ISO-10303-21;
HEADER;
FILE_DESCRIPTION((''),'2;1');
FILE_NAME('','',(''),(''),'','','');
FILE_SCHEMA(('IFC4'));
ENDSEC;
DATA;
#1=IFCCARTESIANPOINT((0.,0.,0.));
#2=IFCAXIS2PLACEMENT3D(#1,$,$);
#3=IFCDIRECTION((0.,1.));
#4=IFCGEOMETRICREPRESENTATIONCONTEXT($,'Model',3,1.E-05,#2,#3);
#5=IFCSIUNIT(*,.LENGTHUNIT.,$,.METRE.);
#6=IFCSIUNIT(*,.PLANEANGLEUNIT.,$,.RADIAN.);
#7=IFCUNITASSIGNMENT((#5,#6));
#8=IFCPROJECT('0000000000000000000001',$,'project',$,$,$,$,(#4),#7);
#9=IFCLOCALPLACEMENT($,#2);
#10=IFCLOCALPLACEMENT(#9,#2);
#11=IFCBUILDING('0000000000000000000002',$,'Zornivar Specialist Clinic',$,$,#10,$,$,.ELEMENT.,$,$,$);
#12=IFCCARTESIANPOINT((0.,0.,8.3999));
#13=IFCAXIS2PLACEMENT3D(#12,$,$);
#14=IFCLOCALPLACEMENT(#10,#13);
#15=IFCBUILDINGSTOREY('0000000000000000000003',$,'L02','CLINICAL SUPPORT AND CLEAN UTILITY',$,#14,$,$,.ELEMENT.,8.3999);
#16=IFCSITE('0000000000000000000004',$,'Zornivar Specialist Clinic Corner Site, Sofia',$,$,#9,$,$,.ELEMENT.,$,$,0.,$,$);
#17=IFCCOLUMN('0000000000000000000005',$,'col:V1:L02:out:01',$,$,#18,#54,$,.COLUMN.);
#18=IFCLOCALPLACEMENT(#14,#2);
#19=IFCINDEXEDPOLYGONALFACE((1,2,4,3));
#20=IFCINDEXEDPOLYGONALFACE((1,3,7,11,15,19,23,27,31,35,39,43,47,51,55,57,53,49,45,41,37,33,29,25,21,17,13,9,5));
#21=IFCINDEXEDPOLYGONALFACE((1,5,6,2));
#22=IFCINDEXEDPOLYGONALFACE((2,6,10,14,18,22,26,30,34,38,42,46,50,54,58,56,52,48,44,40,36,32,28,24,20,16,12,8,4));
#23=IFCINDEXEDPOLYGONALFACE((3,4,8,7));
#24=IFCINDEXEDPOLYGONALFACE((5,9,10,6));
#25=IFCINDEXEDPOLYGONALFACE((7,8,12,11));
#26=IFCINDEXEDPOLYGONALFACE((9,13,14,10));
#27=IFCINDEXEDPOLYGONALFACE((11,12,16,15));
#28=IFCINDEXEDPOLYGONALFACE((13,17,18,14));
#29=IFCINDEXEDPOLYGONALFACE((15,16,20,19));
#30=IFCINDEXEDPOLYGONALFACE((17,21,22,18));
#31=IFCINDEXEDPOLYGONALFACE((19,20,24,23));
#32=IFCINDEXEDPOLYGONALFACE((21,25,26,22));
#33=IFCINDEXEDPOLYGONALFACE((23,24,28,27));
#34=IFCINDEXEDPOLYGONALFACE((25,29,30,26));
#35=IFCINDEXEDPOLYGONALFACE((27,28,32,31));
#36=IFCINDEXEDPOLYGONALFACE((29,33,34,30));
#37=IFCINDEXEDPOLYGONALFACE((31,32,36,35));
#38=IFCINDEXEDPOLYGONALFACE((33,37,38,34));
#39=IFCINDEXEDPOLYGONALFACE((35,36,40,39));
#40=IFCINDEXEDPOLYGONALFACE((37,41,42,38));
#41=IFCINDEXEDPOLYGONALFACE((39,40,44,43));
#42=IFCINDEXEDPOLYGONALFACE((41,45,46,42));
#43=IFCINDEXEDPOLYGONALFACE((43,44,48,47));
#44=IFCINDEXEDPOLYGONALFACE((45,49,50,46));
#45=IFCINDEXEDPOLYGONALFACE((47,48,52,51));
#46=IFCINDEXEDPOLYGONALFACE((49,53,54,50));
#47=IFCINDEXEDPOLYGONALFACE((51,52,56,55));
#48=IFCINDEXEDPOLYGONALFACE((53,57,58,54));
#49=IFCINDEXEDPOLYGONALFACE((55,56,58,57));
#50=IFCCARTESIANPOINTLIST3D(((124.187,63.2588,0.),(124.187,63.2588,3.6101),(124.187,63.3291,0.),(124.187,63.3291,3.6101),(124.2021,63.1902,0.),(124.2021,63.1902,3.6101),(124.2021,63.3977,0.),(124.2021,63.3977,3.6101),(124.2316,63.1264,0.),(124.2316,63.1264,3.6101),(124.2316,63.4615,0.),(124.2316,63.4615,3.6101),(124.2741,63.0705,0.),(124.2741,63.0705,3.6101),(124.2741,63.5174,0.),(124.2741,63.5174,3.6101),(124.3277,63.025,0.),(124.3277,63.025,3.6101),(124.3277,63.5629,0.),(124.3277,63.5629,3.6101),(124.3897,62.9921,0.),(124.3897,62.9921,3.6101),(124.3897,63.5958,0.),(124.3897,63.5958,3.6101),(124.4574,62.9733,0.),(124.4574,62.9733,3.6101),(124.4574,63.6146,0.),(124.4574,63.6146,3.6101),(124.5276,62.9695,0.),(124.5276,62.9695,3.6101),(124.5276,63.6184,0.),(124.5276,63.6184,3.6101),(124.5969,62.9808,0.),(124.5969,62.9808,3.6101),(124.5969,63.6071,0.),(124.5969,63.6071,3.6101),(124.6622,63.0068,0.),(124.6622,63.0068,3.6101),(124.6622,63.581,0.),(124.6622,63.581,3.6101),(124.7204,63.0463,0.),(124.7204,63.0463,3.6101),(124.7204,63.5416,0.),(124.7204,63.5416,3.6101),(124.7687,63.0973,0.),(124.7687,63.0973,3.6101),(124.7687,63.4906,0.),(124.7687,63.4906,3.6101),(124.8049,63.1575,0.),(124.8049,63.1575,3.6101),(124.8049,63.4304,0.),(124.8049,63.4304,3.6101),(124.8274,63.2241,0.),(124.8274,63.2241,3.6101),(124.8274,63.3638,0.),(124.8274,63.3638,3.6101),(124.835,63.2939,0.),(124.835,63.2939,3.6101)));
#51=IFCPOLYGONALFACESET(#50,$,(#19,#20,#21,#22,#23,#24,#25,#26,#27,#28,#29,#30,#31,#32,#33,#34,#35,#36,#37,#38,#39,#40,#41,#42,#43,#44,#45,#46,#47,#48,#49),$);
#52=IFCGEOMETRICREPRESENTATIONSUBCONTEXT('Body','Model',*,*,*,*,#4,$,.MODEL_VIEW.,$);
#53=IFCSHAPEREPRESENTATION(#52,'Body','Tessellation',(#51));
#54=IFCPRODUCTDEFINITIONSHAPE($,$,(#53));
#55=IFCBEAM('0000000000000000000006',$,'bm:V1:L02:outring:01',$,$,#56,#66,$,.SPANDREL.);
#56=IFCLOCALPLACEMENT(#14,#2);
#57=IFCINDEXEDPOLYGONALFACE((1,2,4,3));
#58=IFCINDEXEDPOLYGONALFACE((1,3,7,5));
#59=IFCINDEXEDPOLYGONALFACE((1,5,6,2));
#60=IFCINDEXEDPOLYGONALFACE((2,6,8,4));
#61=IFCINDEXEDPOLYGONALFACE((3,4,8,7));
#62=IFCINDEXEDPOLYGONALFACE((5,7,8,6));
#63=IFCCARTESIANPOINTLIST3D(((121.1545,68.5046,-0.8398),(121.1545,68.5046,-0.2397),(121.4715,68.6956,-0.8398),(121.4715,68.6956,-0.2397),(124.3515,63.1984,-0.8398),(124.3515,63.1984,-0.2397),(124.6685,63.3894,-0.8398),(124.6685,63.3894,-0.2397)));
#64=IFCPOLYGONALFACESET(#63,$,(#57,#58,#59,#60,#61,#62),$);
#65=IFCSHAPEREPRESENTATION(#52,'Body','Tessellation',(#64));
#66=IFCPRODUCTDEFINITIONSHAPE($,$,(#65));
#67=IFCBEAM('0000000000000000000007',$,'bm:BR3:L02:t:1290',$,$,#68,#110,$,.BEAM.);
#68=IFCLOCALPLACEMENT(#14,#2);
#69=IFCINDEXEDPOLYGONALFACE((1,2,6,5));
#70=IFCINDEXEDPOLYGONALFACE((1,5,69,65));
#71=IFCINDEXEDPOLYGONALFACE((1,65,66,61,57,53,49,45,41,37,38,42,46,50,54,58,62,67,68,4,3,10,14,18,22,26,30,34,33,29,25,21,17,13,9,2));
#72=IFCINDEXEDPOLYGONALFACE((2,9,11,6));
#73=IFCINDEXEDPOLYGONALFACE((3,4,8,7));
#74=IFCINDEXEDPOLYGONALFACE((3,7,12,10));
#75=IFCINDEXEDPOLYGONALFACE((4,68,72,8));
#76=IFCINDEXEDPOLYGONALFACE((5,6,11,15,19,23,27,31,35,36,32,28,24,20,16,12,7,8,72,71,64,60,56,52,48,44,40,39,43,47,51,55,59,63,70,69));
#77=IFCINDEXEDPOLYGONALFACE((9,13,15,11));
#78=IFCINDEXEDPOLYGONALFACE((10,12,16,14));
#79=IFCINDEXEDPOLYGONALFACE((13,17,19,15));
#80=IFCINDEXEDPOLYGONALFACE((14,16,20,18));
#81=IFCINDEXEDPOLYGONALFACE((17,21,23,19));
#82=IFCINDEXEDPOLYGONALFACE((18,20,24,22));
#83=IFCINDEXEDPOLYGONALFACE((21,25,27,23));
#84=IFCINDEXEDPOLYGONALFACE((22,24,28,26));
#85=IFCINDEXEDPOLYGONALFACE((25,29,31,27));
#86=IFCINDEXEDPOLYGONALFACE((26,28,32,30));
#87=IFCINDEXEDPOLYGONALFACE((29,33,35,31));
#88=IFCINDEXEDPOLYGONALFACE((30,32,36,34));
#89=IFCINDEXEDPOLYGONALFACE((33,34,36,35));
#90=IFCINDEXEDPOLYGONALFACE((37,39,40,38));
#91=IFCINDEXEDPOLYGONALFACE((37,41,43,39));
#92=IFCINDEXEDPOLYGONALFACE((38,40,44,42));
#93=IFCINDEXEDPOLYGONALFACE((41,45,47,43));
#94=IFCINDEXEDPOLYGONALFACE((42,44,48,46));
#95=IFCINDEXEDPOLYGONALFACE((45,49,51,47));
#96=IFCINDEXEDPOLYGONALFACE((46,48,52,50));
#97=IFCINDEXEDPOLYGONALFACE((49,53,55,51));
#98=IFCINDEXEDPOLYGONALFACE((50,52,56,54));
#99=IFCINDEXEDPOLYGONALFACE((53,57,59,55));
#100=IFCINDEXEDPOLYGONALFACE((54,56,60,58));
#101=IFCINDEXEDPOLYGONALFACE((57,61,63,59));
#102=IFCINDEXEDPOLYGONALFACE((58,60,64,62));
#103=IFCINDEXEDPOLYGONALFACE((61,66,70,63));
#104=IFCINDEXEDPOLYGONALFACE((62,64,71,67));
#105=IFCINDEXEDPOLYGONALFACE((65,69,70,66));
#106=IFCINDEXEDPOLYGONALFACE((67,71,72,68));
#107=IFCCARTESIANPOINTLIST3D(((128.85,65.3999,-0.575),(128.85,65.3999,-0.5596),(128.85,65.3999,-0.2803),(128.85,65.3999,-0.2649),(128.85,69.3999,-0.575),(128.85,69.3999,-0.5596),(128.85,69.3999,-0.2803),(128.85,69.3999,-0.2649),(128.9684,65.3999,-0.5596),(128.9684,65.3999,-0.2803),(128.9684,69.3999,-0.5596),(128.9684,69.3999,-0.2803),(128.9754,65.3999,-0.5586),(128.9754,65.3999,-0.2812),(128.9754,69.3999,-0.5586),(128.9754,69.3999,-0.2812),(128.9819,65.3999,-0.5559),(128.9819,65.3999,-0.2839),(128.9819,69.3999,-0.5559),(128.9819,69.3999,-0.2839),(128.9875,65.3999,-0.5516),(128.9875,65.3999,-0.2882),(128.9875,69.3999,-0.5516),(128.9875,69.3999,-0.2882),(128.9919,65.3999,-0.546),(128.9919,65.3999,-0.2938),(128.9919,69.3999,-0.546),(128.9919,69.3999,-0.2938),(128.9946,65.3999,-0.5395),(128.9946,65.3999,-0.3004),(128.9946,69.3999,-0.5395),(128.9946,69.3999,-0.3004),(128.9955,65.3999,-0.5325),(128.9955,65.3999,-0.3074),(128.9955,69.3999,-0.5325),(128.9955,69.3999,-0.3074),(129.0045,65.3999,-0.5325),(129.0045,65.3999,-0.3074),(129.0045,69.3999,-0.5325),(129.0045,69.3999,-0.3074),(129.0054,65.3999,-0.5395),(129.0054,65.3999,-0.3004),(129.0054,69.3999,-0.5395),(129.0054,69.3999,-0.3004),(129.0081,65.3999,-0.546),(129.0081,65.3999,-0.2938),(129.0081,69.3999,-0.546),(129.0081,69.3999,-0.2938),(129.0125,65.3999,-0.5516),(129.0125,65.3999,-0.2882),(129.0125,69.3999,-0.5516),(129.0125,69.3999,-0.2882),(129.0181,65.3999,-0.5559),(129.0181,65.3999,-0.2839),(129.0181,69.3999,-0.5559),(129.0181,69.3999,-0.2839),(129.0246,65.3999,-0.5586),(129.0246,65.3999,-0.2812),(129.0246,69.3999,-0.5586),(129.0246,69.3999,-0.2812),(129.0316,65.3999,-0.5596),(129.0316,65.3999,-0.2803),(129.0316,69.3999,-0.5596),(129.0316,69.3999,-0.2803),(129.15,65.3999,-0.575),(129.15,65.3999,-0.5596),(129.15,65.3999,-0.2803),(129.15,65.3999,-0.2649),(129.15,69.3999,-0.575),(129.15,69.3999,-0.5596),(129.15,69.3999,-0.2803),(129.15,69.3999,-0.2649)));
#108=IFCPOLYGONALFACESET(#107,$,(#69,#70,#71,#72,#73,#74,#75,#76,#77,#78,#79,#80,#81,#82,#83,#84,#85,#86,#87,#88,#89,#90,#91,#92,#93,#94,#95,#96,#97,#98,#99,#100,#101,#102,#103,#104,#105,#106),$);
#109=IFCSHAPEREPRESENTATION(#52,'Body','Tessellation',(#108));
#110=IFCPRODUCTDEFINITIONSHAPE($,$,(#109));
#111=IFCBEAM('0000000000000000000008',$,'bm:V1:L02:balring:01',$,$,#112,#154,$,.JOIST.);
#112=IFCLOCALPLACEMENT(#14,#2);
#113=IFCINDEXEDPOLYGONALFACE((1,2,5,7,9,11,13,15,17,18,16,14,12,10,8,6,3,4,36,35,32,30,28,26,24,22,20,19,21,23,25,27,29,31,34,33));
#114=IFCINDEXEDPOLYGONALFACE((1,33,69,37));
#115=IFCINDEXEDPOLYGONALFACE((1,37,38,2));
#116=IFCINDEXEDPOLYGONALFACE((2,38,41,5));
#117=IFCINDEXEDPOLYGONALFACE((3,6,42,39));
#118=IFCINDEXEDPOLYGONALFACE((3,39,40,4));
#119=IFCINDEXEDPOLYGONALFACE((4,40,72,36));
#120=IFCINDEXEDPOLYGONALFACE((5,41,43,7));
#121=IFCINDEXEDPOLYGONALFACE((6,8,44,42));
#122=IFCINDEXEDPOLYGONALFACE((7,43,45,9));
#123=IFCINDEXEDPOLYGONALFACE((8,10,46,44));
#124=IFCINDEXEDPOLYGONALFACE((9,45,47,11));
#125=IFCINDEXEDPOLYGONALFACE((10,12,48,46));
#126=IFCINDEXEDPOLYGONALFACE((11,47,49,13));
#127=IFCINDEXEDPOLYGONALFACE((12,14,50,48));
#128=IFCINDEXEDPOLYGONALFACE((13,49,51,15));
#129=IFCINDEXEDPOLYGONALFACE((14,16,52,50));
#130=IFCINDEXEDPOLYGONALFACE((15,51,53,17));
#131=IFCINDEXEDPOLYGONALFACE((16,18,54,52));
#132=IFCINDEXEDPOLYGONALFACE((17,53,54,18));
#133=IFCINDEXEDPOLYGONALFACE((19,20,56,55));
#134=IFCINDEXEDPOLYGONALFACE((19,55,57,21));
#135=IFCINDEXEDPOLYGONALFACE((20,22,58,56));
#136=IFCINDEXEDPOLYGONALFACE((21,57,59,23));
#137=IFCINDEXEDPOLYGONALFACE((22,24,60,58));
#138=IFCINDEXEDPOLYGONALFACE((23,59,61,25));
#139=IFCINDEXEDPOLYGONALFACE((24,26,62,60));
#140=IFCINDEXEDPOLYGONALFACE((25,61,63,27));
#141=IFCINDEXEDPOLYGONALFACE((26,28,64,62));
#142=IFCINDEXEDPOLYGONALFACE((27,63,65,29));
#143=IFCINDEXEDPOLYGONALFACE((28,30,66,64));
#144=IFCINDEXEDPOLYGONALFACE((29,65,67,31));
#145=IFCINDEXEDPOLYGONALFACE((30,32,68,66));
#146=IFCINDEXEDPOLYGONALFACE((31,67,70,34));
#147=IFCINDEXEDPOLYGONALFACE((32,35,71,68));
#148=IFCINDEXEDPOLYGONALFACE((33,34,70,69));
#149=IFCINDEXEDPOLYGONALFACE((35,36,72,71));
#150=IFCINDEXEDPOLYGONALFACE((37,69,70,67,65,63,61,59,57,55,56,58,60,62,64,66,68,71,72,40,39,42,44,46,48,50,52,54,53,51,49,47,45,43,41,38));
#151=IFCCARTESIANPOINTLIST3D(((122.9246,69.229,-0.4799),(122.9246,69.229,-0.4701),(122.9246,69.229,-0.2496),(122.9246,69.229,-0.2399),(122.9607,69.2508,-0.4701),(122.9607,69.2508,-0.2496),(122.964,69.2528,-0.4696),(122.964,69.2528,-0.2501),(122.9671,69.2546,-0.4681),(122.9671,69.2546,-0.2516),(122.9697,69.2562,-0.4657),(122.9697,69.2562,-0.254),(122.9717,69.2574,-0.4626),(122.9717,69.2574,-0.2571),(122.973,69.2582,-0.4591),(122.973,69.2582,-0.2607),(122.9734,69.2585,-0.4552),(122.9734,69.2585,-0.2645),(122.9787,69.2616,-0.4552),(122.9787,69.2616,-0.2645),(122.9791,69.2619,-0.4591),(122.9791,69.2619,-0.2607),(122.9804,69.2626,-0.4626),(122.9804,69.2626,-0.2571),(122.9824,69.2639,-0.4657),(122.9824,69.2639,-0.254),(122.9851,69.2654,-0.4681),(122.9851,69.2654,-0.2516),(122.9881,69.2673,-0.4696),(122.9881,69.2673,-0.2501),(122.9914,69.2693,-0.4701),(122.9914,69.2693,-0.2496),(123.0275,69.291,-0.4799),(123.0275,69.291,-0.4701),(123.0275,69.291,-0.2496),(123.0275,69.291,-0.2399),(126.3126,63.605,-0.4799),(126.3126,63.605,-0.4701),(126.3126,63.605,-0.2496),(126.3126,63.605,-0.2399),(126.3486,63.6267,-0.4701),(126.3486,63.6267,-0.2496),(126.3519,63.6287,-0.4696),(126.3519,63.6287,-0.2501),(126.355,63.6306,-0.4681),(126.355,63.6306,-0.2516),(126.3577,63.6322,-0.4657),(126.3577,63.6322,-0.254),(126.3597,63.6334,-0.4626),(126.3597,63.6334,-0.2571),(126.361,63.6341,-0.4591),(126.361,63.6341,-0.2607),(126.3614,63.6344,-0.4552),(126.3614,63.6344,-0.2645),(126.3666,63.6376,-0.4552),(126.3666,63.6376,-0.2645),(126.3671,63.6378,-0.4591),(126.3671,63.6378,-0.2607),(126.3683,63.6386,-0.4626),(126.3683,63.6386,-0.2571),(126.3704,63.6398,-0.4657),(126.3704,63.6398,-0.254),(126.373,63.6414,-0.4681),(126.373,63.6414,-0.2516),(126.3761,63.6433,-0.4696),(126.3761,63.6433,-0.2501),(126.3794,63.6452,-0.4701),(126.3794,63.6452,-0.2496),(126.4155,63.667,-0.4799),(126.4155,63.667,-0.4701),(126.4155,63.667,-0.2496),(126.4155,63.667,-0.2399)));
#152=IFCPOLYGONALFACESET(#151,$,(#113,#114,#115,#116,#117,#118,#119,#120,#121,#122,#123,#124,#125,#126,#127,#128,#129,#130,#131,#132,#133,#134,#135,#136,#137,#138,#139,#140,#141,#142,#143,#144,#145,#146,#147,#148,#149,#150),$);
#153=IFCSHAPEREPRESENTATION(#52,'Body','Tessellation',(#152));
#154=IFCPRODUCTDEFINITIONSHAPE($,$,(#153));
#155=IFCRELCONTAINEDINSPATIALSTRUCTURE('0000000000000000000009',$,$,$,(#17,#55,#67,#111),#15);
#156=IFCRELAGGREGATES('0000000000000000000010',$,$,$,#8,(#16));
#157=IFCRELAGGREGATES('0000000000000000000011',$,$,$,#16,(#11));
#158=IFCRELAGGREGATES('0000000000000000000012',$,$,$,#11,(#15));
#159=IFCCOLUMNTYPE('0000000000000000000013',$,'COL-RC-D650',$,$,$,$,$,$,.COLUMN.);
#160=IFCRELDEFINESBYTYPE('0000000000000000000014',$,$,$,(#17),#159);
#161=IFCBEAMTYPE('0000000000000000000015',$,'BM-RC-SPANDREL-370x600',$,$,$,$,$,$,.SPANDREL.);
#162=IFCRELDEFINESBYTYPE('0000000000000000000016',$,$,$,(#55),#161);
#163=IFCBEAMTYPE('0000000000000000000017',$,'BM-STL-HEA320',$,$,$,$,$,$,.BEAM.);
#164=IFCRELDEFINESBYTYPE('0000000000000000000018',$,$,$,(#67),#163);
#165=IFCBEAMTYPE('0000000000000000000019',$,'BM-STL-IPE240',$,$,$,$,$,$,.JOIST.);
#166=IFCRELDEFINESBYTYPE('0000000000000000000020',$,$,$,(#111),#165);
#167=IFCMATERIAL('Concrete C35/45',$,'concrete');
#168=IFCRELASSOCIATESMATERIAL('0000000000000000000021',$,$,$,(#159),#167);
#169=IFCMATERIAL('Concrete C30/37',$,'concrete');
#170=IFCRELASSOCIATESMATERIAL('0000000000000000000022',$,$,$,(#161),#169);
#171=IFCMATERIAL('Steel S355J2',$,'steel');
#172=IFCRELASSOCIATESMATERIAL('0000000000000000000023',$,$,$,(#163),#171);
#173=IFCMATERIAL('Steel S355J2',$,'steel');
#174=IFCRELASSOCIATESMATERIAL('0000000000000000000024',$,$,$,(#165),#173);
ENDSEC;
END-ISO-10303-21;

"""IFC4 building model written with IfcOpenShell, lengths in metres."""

from ifc_helpers import new_model, si_unit, direction, frame, origin, origin_2d, place, context, subcontext, project, spatial, rectangle, circle, i_section, extrude, material, material_profile, profile_set, type_object, element, save


model = new_model("IFC4")

# Units and contexts
model_context = context("Model", 3, precision=1e-05, world=origin(), true_north=direction((0.0, 1.0)))
body_context = subcontext(model_context, "Body", "Model", "MODEL_VIEW")
ifc_project = project(units=[si_unit("LENGTHUNIT", "METRE"), si_unit("PLANEANGLEUNIT", "RADIAN")], contexts=[model_context])

# Site, building, storey
site_placement = place(None, origin())
site = spatial("IfcSite", under=ifc_project, at=site_placement, Name="Zornivar Specialist Clinic Corner Site, Sofia", CompositionType="ELEMENT", RefElevation=0.0)
building_placement = place(site_placement, origin())
building = spatial("IfcBuilding", under=site, at=building_placement, Name="Zornivar Specialist Clinic", CompositionType="ELEMENT")
storey_placement = place(building_placement, frame((0.0, 0.0, 8.3999)))
storey = spatial("IfcBuildingStorey", under=building, at=storey_placement, Name="L02", Description="CLINICAL SUPPORT AND CLEAN UTILITY", CompositionType="ELEMENT", Elevation=8.3999)

# Column
ifc_material_1 = material(Name="Concrete C35/45", Category="concrete")
ifc_material_profile_1 = material_profile(ifc_material_1, circle(Radius=0.325, at=origin_2d()), Name="RC D650")
ifc_profile_set_1 = profile_set([ifc_material_profile_1], Name="Concrete C35/45")
column_type = type_object("IfcColumnType", Name="COL-RC-D650", PredefinedType="COLUMN", material=ifc_profile_set_1)
column_placement = place(storey_placement, frame((124.51, 63.2939, 0.0), z_axis=(0.0, 0.0, 1.0), x_axis=(1.0, 0.0, 0.0)))
element("IfcColumn", 1, at=column_placement, inside=storey, type_object=column_type, Name="col:V1:L02:out:01", PredefinedType="COLUMN", context=body_context, shape_type="SweptSolid", body=[
    extrude(circle(Radius=0.325, at=origin_2d()), origin(), (0.0, 0.0, 1.0), 3.6101),
])

# Beams
ifc_material_2 = material(Name="Concrete C30/37", Category="concrete")
ifc_material_profile_2 = material_profile(ifc_material_2, rectangle(XDim=0.3701, YDim=0.6001, at=origin_2d()), Name="RC 370x600")
ifc_profile_set_2 = profile_set([ifc_material_profile_2], Name="Concrete C30/37")
beam_type_1 = type_object("IfcBeamType", Name="BM-RC-SPANDREL-370x600", PredefinedType="SPANDREL", material=ifc_profile_set_2)
beam_1_placement = place(storey_placement, frame((124.51, 63.2939, -0.5398), z_axis=(-0.516077, 0.856542, 0.0), x_axis=(-0.856542, -0.516077, 0.0)))
element("IfcBeam", 2, at=beam_1_placement, inside=storey, type_object=beam_type_1, Name="bm:V1:L02:outring:01", PredefinedType="SPANDREL", context=body_context, shape_type="SweptSolid", body=[
    extrude(rectangle(XDim=0.3701, YDim=0.6001, at=origin_2d()), origin(), (0.0, 0.0, 1.0), 6.1948),
])
ifc_material_3 = material(Name="Steel S355J2", Category="steel")
ifc_material_profile_3 = material_profile(ifc_material_3, i_section(OverallWidth=0.3, OverallDepth=0.3101, WebThickness=0.009, FlangeThickness=0.0154, FilletRadius=0.0271, at=origin_2d()), Name="HEA 320")
ifc_profile_set_3 = profile_set([ifc_material_profile_3], Name="Steel S355J2")
beam_type_2 = type_object("IfcBeamType", Name="BM-STL-HEA320", PredefinedType="BEAM", material=ifc_profile_set_3)
beam_2_placement = place(storey_placement, frame((129.0, 65.3999, -0.4199), z_axis=(0.0, 1.0, 0.0), x_axis=(-1.0, 0.0, 0.0)))
element("IfcBeam", 3, at=beam_2_placement, inside=storey, type_object=beam_type_2, Name="bm:BR3:L02:t:1290", PredefinedType="BEAM", context=body_context, shape_type="SweptSolid", body=[
    extrude(i_section(OverallWidth=0.3, OverallDepth=0.3101, WebThickness=0.009, FlangeThickness=0.0154, FilletRadius=0.0271, at=origin_2d()), origin(), (0.0, 0.0, 1.0), 4.0),
])
ifc_material_4 = material(Name="Steel S355J2", Category="steel")
ifc_material_profile_4 = material_profile(ifc_material_4, i_section(OverallWidth=0.1201, OverallDepth=0.24, WebThickness=0.0061, FlangeThickness=0.0098, FilletRadius=0.0149, at=origin_2d()), Name="IPE 240")
ifc_profile_set_4 = profile_set([ifc_material_profile_4], Name="Steel S355J2")
beam_type_3 = type_object("IfcBeamType", Name="BM-STL-IPE240", PredefinedType="JOIST", material=ifc_profile_set_4)
beam_3_placement = place(storey_placement, frame((126.364, 63.636, -0.3599), z_axis=(-0.51601, 0.856583, 0.0), x_axis=(-0.856583, -0.51601, 0.0)))
element("IfcBeam", 4, at=beam_3_placement, inside=storey, type_object=beam_type_3, Name="bm:V1:L02:balring:01", PredefinedType="JOIST", context=body_context, shape_type="SweptSolid", body=[
    extrude(i_section(OverallWidth=0.1201, OverallDepth=0.24, WebThickness=0.0061, FlangeThickness=0.0098, FilletRadius=0.0149, at=origin_2d()), origin(), (0.0, 0.0, 1.0), 6.5657),
])

save(model, "model.ifc")
